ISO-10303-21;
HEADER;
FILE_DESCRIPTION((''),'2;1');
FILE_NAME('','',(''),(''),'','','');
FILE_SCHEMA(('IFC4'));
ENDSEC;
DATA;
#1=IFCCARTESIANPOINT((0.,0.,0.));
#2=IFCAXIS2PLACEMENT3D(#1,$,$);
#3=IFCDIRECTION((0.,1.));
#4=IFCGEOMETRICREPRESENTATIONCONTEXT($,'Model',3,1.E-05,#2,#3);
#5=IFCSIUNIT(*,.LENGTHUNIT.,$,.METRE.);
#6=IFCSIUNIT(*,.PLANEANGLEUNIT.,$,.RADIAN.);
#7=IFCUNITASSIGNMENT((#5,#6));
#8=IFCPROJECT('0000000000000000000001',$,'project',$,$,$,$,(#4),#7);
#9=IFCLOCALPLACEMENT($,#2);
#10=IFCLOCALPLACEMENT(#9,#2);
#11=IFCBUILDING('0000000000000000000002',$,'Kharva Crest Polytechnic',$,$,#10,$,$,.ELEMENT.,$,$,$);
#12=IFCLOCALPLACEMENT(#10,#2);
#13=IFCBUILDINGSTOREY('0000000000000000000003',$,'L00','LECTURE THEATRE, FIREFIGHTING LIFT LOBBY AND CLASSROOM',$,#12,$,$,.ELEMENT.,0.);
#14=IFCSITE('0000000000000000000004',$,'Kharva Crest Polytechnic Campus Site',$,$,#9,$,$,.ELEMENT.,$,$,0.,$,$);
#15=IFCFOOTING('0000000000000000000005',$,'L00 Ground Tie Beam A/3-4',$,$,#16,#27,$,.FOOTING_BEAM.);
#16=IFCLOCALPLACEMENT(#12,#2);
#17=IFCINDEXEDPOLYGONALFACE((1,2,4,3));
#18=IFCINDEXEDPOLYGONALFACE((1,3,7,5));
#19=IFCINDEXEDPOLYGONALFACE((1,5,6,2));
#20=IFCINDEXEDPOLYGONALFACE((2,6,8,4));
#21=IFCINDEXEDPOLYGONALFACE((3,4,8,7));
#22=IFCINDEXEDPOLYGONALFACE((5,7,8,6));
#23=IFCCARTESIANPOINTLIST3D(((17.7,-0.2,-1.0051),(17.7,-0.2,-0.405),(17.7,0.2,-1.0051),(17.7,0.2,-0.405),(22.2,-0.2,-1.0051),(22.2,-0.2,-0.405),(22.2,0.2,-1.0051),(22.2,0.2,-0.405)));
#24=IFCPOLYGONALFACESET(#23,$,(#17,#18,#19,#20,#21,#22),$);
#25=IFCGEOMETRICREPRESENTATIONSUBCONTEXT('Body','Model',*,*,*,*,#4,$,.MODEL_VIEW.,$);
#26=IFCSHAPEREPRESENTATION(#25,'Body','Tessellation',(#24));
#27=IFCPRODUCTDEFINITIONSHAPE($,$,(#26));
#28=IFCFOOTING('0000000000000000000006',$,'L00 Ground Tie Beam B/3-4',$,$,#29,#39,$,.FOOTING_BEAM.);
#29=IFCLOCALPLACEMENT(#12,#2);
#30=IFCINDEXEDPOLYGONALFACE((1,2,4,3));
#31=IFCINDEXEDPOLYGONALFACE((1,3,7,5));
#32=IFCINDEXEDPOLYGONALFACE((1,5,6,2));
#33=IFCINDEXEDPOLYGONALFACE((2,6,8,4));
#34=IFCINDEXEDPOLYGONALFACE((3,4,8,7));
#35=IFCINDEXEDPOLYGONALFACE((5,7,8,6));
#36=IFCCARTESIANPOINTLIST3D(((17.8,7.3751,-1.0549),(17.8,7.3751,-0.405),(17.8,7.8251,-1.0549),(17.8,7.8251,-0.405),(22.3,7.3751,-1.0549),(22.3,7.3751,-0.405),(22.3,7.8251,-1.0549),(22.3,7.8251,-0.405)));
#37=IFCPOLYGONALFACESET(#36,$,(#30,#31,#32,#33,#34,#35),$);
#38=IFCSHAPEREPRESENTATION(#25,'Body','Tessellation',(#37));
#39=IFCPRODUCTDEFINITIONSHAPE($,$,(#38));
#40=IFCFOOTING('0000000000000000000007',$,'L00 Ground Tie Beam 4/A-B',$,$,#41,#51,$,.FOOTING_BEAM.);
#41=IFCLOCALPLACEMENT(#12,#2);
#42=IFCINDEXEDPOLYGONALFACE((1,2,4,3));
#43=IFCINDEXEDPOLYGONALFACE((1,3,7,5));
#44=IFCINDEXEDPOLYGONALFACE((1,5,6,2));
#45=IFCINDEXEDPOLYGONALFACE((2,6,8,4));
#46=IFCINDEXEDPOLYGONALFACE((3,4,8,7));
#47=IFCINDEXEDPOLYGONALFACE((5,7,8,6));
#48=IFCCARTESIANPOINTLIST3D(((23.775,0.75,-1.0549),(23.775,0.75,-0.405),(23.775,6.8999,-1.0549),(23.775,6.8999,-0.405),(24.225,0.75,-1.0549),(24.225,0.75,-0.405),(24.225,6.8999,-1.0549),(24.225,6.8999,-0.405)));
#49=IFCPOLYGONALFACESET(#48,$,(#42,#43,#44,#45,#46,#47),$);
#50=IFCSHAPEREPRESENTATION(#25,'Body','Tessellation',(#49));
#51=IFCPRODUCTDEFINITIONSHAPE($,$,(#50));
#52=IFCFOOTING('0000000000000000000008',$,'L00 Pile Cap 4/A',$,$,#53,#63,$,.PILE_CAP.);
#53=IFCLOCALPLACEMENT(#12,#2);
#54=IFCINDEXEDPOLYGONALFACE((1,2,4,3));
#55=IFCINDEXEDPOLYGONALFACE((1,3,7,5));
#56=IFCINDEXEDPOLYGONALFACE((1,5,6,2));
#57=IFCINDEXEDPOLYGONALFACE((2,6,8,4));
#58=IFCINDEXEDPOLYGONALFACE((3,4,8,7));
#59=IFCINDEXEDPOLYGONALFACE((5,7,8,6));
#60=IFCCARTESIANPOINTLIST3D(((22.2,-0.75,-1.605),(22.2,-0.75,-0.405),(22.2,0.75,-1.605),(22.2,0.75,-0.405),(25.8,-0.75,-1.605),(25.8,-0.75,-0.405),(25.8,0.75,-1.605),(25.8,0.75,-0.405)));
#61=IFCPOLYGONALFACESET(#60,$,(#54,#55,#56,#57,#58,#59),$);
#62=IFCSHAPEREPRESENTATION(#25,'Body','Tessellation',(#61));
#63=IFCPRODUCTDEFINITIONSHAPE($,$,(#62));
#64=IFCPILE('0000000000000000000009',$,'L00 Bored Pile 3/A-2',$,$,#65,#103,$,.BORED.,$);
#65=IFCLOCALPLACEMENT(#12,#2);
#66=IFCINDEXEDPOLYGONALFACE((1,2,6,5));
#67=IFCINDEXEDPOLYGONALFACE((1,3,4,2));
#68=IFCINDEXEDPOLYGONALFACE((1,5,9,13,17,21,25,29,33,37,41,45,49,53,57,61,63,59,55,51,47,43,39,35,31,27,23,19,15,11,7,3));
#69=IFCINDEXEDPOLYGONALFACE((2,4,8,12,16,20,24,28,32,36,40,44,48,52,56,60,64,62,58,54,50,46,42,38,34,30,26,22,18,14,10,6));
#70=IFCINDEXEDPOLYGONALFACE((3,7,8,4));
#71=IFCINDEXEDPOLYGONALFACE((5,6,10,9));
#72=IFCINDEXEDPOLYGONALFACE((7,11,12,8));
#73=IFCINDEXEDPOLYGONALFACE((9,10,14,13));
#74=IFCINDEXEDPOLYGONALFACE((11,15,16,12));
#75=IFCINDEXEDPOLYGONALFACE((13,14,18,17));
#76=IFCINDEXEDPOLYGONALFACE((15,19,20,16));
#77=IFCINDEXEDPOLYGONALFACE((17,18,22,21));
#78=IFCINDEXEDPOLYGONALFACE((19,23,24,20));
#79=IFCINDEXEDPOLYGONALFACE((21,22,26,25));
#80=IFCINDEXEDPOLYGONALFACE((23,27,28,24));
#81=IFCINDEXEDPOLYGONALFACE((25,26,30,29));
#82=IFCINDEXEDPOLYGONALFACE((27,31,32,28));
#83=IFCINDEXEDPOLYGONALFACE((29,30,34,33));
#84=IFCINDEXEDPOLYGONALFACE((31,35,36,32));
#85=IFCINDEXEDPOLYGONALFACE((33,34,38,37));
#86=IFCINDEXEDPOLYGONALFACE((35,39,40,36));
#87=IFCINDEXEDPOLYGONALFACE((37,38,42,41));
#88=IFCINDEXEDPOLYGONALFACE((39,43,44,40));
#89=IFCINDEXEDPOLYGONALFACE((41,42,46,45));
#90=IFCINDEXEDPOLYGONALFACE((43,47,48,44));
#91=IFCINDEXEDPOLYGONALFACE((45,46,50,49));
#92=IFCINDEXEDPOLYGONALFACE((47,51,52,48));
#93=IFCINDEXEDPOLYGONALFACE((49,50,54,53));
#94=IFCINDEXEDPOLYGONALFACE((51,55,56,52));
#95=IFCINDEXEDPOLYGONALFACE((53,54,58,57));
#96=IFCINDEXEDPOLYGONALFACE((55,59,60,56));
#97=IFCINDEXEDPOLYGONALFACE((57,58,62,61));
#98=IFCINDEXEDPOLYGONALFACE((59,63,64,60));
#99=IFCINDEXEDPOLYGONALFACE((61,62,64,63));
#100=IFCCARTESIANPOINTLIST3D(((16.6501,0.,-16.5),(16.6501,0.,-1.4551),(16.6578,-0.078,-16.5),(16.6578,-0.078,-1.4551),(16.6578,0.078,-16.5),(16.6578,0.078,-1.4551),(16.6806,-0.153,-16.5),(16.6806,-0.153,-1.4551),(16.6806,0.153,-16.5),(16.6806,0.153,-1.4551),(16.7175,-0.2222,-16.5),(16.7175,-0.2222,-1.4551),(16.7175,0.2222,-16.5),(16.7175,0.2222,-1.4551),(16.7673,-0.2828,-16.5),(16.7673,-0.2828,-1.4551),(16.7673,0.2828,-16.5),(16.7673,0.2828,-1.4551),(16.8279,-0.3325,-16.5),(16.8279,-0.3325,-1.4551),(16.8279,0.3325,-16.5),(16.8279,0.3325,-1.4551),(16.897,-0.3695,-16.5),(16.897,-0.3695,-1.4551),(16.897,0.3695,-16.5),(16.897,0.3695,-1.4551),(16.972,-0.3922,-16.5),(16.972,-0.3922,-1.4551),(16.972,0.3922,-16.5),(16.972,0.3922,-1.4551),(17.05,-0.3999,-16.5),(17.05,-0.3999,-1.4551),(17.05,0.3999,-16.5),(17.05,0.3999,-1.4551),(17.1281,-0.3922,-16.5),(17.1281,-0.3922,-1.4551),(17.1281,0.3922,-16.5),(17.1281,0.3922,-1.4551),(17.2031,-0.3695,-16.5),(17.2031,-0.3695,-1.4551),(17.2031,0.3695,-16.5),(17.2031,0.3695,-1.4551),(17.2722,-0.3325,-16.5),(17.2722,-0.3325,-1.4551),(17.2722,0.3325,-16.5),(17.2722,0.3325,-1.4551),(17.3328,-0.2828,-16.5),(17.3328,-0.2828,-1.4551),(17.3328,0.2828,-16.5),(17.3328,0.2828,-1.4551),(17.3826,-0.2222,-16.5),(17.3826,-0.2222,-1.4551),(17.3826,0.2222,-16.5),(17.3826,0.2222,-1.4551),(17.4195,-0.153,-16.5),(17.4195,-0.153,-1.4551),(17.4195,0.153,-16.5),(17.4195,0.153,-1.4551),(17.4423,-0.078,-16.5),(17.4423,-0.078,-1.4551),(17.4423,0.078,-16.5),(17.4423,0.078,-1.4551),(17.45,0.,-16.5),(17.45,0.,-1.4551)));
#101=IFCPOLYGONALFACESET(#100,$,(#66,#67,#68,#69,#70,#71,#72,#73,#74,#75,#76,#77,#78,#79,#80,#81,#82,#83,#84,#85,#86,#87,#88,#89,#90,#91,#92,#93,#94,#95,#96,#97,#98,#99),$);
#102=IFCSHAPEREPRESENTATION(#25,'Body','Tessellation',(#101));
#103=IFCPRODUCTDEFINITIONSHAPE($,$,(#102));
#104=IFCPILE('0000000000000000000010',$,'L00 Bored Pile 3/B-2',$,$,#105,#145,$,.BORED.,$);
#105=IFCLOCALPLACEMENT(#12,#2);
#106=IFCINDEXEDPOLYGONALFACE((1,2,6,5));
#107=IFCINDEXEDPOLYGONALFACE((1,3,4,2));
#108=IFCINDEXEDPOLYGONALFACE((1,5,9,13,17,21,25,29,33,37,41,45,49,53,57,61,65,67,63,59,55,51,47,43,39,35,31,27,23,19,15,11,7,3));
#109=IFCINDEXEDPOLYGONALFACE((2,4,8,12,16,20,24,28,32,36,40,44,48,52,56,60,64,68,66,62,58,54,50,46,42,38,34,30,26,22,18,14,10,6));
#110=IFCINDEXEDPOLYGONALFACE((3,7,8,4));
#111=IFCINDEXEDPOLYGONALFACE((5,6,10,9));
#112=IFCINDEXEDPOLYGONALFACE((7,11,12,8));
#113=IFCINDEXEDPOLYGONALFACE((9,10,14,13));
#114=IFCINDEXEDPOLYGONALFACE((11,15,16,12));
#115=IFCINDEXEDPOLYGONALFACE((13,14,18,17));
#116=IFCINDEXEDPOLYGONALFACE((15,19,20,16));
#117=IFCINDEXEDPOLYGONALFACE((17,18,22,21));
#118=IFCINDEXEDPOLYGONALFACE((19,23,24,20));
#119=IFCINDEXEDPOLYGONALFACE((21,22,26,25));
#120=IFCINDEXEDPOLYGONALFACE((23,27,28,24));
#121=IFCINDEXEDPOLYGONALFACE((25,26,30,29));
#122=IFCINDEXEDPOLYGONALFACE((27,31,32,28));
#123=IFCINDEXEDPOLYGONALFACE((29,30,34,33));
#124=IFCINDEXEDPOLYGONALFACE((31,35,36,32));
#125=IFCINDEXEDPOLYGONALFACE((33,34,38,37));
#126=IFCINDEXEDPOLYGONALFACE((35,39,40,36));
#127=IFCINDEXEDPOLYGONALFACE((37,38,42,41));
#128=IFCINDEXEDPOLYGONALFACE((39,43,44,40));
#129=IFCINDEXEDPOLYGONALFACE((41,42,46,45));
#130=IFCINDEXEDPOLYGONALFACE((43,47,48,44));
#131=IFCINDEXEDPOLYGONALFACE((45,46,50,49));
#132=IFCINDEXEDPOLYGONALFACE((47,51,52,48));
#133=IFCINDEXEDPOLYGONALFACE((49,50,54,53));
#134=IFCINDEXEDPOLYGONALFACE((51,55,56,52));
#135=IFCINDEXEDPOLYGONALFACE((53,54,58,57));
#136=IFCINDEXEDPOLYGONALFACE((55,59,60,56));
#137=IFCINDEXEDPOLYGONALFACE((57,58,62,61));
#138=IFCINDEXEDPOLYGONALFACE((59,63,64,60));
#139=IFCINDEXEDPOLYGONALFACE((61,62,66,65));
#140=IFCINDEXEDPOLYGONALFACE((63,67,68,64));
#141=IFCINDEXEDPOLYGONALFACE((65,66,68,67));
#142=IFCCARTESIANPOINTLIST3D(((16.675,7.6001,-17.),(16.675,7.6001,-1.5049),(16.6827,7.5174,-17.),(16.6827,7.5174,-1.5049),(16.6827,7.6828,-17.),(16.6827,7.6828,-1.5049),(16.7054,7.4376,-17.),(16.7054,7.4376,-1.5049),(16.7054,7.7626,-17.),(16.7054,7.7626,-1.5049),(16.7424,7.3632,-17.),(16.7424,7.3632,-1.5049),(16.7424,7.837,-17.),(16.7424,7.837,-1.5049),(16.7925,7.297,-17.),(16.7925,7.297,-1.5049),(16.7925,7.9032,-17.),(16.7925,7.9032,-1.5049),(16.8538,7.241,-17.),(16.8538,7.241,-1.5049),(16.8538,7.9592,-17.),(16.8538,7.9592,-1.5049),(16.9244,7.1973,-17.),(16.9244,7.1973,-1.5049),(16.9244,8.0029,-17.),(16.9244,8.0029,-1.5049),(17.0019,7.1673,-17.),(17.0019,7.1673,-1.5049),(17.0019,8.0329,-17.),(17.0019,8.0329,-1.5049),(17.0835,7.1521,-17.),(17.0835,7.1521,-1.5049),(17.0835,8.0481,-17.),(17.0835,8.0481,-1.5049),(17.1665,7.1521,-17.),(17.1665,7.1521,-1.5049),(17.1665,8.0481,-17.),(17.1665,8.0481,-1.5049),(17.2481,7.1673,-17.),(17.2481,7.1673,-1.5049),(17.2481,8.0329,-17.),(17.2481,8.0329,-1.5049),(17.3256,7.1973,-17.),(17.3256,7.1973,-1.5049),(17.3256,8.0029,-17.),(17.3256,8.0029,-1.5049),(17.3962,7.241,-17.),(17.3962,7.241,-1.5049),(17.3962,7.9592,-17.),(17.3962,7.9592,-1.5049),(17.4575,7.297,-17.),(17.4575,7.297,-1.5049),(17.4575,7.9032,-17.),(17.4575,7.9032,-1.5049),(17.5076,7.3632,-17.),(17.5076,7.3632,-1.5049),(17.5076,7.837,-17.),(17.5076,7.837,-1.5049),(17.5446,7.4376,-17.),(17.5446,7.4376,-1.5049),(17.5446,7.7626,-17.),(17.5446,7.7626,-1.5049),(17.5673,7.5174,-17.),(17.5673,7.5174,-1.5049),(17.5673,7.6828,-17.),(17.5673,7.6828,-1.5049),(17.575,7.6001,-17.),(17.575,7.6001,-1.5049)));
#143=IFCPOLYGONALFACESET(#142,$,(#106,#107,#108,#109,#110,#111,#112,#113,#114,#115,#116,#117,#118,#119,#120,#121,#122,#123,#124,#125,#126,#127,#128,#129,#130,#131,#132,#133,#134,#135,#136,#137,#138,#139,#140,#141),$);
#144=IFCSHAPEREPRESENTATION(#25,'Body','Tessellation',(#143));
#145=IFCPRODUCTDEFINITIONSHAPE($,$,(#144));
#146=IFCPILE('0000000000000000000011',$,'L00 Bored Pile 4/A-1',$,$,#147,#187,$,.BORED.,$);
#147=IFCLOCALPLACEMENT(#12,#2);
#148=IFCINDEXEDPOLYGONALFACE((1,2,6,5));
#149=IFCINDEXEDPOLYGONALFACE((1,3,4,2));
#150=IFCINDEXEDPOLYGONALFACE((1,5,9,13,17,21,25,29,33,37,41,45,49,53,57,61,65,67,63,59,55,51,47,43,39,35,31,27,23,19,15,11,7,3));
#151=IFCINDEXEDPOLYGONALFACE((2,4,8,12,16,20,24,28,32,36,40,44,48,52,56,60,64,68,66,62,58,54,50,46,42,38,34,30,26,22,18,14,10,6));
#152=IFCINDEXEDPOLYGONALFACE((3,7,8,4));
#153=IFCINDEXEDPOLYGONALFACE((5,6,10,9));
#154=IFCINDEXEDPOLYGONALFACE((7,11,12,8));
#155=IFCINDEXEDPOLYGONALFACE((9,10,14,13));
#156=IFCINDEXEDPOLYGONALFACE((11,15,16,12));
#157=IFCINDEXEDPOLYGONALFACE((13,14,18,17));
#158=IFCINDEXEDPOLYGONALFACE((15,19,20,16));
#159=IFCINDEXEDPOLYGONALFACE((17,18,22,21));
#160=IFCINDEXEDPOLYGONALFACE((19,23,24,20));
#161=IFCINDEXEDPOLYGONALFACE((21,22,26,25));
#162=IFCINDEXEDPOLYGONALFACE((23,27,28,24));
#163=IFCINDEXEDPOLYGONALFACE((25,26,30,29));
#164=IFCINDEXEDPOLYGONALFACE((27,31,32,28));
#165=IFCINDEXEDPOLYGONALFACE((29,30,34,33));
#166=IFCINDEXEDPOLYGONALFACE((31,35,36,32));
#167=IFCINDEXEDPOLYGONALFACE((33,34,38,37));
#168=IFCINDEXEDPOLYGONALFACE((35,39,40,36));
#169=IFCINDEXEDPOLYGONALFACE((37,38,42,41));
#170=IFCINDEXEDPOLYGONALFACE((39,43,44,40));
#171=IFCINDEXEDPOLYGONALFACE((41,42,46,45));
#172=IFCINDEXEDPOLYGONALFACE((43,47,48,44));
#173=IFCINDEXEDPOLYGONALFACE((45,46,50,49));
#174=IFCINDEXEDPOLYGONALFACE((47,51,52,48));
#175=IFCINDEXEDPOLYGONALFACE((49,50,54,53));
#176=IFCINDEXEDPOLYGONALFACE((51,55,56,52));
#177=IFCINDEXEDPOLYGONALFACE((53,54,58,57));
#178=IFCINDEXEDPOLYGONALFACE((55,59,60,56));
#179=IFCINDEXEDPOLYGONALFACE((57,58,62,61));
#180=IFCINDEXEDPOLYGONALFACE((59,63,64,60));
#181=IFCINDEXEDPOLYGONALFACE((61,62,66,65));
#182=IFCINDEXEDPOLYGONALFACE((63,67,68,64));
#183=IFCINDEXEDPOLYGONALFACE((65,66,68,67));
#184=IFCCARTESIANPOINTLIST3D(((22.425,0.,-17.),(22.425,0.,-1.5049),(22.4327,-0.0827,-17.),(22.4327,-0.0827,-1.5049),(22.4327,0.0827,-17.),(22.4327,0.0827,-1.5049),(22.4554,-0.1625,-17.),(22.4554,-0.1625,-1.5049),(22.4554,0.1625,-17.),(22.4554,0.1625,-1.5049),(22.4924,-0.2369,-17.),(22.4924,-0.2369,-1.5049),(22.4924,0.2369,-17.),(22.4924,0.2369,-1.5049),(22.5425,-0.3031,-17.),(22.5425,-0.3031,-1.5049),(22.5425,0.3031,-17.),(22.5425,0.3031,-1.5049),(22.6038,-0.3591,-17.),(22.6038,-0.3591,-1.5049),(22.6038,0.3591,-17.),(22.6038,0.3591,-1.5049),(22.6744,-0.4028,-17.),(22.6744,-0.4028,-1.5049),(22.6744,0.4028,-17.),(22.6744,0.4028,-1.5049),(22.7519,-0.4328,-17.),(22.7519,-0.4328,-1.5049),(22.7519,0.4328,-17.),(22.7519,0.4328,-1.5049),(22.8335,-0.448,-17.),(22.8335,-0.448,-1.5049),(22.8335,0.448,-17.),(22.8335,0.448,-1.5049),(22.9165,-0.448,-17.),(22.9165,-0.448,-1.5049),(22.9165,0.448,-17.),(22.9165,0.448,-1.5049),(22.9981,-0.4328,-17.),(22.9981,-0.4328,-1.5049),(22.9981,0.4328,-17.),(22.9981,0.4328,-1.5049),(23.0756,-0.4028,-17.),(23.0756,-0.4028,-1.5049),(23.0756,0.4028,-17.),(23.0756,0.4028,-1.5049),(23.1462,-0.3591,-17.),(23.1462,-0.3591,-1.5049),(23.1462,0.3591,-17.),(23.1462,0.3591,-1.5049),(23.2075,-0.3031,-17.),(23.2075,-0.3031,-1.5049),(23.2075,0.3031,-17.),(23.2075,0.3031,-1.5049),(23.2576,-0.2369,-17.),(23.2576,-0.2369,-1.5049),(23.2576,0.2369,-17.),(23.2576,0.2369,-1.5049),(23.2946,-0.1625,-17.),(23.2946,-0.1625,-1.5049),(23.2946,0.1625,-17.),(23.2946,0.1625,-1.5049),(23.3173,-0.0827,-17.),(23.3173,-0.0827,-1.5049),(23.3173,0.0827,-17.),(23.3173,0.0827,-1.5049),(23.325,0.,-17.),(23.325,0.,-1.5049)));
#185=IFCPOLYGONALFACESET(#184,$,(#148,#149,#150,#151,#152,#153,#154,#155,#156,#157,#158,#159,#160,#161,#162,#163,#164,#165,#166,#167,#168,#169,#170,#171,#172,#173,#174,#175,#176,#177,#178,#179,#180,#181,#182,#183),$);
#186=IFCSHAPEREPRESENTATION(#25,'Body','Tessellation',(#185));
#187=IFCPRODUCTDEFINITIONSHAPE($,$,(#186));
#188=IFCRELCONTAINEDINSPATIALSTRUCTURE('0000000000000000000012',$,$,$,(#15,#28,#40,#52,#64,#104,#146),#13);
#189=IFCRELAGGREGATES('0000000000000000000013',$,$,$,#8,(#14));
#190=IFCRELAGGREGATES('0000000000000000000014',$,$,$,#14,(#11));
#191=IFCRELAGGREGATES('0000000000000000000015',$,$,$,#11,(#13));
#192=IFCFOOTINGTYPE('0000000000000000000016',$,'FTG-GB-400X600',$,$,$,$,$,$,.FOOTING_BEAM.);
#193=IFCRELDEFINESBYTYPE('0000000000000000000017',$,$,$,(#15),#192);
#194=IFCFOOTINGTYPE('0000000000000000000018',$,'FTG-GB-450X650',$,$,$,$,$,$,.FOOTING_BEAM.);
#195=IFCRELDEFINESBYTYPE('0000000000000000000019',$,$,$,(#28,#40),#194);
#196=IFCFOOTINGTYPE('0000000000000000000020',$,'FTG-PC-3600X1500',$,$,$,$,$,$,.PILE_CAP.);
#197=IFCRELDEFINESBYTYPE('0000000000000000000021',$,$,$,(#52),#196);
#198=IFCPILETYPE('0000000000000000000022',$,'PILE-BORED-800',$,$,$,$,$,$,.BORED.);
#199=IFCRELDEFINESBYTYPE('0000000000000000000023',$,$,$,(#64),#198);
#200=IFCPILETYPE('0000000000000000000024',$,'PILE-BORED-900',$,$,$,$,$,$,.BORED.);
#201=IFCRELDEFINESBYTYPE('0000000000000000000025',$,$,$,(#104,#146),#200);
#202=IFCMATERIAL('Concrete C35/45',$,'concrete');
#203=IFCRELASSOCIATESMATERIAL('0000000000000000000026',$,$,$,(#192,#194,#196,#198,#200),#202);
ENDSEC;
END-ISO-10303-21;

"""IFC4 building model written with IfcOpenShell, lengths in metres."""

from ifc_helpers import new_model, si_unit, direction, frame, origin, origin_2d, place, context, subcontext, project, spatial, rectangle, circle, extrude, material, material_profile, profile_set, type_object, element, save


model = new_model("IFC4")

# Units and contexts
model_context = context("Model", 3, precision=1e-05, world=origin(), true_north=direction((0.0, 1.0)))
body_context = subcontext(model_context, "Body", "Model", "MODEL_VIEW")
ifc_project = project(units=[si_unit("LENGTHUNIT", "METRE"), si_unit("PLANEANGLEUNIT", "RADIAN")], contexts=[model_context])

# Site, building, storey
site_placement = place(None, origin())
site = spatial("IfcSite", under=ifc_project, at=site_placement, Name="Kharva Crest Polytechnic Campus Site", CompositionType="ELEMENT", RefElevation=0.0)
building_placement = place(site_placement, origin())
building = spatial("IfcBuilding", under=site, at=building_placement, Name="Kharva Crest Polytechnic", CompositionType="ELEMENT")
storey_placement = place(building_placement, origin())
storey = spatial("IfcBuildingStorey", under=building, at=storey_placement, Name="L00", Description="LECTURE THEATRE, FIREFIGHTING LIFT LOBBY AND CLASSROOM", CompositionType="ELEMENT", Elevation=0.0)

# Footings
ifc_material_1 = material(Name="Concrete C35/45", Category="concrete")
footing_type_1 = type_object("IfcFootingType", Name="FTG-GB-400X600", PredefinedType="FOOTING_BEAM", material=ifc_material_1)
footing_1_placement = place(storey_placement, frame((19.95, 0.0, -1.0051), z_axis=(0.0, 0.0, 1.0), x_axis=(1.0, 0.0, 0.0)))
element("IfcFooting", 1, at=footing_1_placement, inside=storey, type_object=footing_type_1, Name="L00 Ground Tie Beam A/3-4", PredefinedType="FOOTING_BEAM", context=body_context, shape_type="SweptSolid", body=[
    extrude(rectangle(XDim=4.5, YDim=0.3999, at=origin_2d()), origin(), (0.0, 0.0, 1.0), 0.6001),
])
footing_type_2 = type_object("IfcFootingType", Name="FTG-GB-450X650", PredefinedType="FOOTING_BEAM", material=ifc_material_1)
footing_2_placement = place(storey_placement, frame((20.05, 7.6001, -1.0549), z_axis=(0.0, 0.0, 1.0), x_axis=(1.0, 0.0, 0.0)))
element("IfcFooting", 2, at=footing_2_placement, inside=storey, type_object=footing_type_2, Name="L00 Ground Tie Beam B/3-4", PredefinedType="FOOTING_BEAM", context=body_context, shape_type="SweptSolid", body=[
    extrude(rectangle(XDim=4.5, YDim=0.45, at=origin_2d()), origin(), (0.0, 0.0, 1.0), 0.6499),
])
footing_3_placement = place(storey_placement, frame((24.0, 3.825, -1.0549), z_axis=(0.0, 0.0, 1.0), x_axis=(0.0, 1.0, 0.0)))
element("IfcFooting", 3, at=footing_3_placement, inside=storey, type_object=footing_type_2, Name="L00 Ground Tie Beam 4/A-B", PredefinedType="FOOTING_BEAM", context=body_context, shape_type="SweptSolid", body=[
    extrude(rectangle(XDim=6.1499, YDim=0.45, at=origin_2d()), origin(), (0.0, 0.0, 1.0), 0.6499),
])
footing_type_3 = type_object("IfcFootingType", Name="FTG-PC-3600X1500", PredefinedType="PILE_CAP", material=ifc_material_1)
footing_4_placement = place(storey_placement, frame((24.0, 0.0, -1.605), z_axis=(0.0, 0.0, 1.0), x_axis=(1.0, 0.0, 0.0)))
element("IfcFooting", 4, at=footing_4_placement, inside=storey, type_object=footing_type_3, Name="L00 Pile Cap 4/A", PredefinedType="PILE_CAP", context=body_context, shape_type="SweptSolid", body=[
    extrude(rectangle(XDim=3.6001, YDim=1.5, at=origin_2d()), origin(), (0.0, 0.0, 1.0), 1.2),
])

# Piles
ifc_material_profile_1 = material_profile(ifc_material_1, circle(Radius=0.3999, at=origin_2d()), Name="DIA 800")
ifc_profile_set_1 = profile_set([ifc_material_profile_1], Name="Concrete C35/45")
pile_type_1 = type_object("IfcPileType", Name="PILE-BORED-800", PredefinedType="BORED", material=ifc_profile_set_1)
pile_placement = place(storey_placement, frame((17.05, 0.0, -1.4551), z_axis=(0.0, 0.0, -1.0), x_axis=(1.0, 0.0, 0.0)))
element("IfcPile", 5, at=pile_placement, inside=storey, type_object=pile_type_1, Name="L00 Bored Pile 3/A-2", PredefinedType="BORED", context=body_context, shape_type="SweptSolid", body=[
    extrude(circle(Radius=0.3999, at=origin_2d()), origin(), (0.0, 0.0, 1.0), 15.0449),
])
ifc_material_profile_2 = material_profile(ifc_material_1, circle(Radius=0.45, at=origin_2d()), Name="DIA 900")
ifc_profile_set_2 = profile_set([ifc_material_profile_2], Name="Concrete C35/45")
pile_type_2 = type_object("IfcPileType", Name="PILE-BORED-900", PredefinedType="BORED", material=ifc_profile_set_2)
for number, where, z_axis, x_axis, name in (
    (6, (17.125, 7.6001, -1.5049), (0.0, 0.0, -1.0), (1.0, 0.0, 0.0), "L00 Bored Pile 3/B-2"),
    (7, (22.875, 0.0, -1.5049), (0.0, 0.0, -1.0), (1.0, 0.0, 0.0), "L00 Bored Pile 4/A-1"),
):
    element("IfcPile", number, at=place(storey_placement, frame(where, z_axis=z_axis, x_axis=x_axis)), inside=storey, type_object=pile_type_2, Name=name, PredefinedType="BORED", context=body_context, shape_type="SweptSolid", body=[
        extrude(circle(Radius=0.45, at=origin_2d()), origin(), (0.0, 0.0, 1.0), 15.4951),
    ])

save(model, "model.ifc")
